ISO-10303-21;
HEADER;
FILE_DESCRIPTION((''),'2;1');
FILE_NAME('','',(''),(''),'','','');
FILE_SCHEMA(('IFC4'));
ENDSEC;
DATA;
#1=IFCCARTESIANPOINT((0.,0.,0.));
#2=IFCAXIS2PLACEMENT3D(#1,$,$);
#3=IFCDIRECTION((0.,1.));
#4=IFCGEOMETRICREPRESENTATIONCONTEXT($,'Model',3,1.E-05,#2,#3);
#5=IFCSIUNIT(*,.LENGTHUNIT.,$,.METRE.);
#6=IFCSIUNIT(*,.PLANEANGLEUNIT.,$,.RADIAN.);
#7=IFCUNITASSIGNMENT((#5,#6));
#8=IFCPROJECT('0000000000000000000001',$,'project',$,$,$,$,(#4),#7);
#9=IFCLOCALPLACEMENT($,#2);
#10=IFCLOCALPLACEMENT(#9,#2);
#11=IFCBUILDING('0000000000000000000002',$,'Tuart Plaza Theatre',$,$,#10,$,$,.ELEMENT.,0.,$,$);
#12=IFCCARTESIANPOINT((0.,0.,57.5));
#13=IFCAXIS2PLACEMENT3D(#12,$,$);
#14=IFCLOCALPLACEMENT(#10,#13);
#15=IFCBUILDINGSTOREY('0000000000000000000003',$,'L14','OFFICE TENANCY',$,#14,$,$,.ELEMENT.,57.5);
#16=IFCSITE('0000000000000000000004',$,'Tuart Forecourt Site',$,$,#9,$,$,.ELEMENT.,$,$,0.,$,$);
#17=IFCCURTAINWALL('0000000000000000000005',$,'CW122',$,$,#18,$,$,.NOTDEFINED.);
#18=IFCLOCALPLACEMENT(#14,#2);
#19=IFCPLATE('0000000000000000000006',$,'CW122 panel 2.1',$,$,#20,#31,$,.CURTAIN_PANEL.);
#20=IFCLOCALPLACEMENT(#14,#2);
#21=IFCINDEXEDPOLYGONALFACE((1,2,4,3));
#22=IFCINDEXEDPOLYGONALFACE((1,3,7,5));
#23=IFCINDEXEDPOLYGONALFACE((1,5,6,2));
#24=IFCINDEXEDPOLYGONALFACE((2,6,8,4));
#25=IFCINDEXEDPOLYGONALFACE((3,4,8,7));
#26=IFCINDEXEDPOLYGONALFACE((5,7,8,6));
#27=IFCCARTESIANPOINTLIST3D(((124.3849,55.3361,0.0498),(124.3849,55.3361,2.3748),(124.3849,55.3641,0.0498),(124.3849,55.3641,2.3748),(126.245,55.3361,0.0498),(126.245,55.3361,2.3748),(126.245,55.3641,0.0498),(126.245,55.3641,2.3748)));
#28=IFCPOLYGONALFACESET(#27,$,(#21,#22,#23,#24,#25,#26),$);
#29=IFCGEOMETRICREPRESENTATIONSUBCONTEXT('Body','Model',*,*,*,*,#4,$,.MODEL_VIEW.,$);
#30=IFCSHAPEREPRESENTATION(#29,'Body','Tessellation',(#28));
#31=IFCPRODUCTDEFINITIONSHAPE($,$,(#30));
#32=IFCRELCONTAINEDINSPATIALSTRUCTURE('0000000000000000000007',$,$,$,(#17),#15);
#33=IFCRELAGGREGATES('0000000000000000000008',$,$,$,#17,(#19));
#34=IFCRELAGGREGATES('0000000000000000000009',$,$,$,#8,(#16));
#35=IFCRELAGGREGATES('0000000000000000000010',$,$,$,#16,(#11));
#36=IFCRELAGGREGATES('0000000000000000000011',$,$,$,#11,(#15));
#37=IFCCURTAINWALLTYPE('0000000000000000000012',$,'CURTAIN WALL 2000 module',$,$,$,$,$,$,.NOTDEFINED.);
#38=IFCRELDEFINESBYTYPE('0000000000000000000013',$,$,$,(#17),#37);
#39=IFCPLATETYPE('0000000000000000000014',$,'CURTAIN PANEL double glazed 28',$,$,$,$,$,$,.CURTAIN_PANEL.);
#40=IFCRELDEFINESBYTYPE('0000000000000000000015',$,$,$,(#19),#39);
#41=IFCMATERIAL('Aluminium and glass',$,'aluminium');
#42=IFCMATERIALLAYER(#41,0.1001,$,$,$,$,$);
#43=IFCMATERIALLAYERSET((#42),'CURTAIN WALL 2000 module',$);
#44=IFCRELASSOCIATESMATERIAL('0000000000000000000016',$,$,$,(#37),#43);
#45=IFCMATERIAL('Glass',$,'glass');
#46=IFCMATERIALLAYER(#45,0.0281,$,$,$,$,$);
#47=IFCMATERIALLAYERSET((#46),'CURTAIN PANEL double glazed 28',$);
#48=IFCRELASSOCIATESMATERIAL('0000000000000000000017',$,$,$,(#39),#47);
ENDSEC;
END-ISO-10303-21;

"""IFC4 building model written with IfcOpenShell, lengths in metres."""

from ifc_helpers import new_model, si_unit, direction, frame, origin, origin_2d, place, context, subcontext, project, spatial, rectangle, extrude, material, layer, layer_set, type_object, element, aggregate, save


model = new_model("IFC4")

# Units and contexts
model_context = context("Model", 3, precision=1e-05, world=origin(), true_north=direction((0.0, 1.0)))
body_context = subcontext(model_context, "Body", "Model", "MODEL_VIEW")
ifc_project = project(units=[si_unit("LENGTHUNIT", "METRE"), si_unit("PLANEANGLEUNIT", "RADIAN")], contexts=[model_context])

# Site, building, storey
site_placement = place(None, origin())
site = spatial("IfcSite", under=ifc_project, at=site_placement, Name="Tuart Forecourt Site", CompositionType="ELEMENT", RefElevation=0.0)
building_placement = place(site_placement, origin())
building = spatial("IfcBuilding", under=site, at=building_placement, Name="Tuart Plaza Theatre", CompositionType="ELEMENT", ElevationOfRefHeight=0.0)
storey_placement = place(building_placement, frame((0.0, 0.0, 57.5)))
storey = spatial("IfcBuildingStorey", under=building, at=storey_placement, Name="L14", Description="OFFICE TENANCY", CompositionType="ELEMENT", Elevation=57.5)

# Shared definitions
ifc_material_1 = material(Name="Aluminium and glass", Category="aluminium")
ifc_layer_1 = layer(ifc_material_1, 0.1001)
ifc_layer_set_1 = layer_set([ifc_layer_1], Name="CURTAIN WALL 2000 module")
curtain_wall_type = type_object("IfcCurtainWallType", Name="CURTAIN WALL 2000 module", PredefinedType="NOTDEFINED", material=ifc_layer_set_1)

# Curtain wall
curtain_wall_1_placement = place(storey_placement, origin())
curtain_wall_1 = element("IfcCurtainWall", 1, at=curtain_wall_1_placement, inside=storey, type_object=curtain_wall_type, Name="CW122", PredefinedType="NOTDEFINED")

# Plate
ifc_material_2 = material(Name="Glass", Category="glass")
ifc_layer_2 = layer(ifc_material_2, 0.0281)
ifc_layer_set_2 = layer_set([ifc_layer_2], Name="CURTAIN PANEL double glazed 28")
plate_type = type_object("IfcPlateType", Name="CURTAIN PANEL double glazed 28", PredefinedType="CURTAIN_PANEL", material=ifc_layer_set_2)
plate_1_placement = place(storey_placement, frame((125.3149, 55.3501, 0.0498), z_axis=(0.0, 0.0, 1.0), x_axis=(1.0, 0.0, 0.0)))
plate_1 = element("IfcPlate", 2, at=plate_1_placement, type_object=plate_type, Name="CW122 panel 2.1", PredefinedType="CURTAIN_PANEL", context=body_context, shape_type="SweptSolid", body=[
    extrude(rectangle(XDim=1.8601, YDim=0.0281, at=origin_2d()), origin(), (0.0, 0.0, 1.0), 2.325),
])
aggregate(curtain_wall_1, [plate_1])

save(model, "model.ifc")
